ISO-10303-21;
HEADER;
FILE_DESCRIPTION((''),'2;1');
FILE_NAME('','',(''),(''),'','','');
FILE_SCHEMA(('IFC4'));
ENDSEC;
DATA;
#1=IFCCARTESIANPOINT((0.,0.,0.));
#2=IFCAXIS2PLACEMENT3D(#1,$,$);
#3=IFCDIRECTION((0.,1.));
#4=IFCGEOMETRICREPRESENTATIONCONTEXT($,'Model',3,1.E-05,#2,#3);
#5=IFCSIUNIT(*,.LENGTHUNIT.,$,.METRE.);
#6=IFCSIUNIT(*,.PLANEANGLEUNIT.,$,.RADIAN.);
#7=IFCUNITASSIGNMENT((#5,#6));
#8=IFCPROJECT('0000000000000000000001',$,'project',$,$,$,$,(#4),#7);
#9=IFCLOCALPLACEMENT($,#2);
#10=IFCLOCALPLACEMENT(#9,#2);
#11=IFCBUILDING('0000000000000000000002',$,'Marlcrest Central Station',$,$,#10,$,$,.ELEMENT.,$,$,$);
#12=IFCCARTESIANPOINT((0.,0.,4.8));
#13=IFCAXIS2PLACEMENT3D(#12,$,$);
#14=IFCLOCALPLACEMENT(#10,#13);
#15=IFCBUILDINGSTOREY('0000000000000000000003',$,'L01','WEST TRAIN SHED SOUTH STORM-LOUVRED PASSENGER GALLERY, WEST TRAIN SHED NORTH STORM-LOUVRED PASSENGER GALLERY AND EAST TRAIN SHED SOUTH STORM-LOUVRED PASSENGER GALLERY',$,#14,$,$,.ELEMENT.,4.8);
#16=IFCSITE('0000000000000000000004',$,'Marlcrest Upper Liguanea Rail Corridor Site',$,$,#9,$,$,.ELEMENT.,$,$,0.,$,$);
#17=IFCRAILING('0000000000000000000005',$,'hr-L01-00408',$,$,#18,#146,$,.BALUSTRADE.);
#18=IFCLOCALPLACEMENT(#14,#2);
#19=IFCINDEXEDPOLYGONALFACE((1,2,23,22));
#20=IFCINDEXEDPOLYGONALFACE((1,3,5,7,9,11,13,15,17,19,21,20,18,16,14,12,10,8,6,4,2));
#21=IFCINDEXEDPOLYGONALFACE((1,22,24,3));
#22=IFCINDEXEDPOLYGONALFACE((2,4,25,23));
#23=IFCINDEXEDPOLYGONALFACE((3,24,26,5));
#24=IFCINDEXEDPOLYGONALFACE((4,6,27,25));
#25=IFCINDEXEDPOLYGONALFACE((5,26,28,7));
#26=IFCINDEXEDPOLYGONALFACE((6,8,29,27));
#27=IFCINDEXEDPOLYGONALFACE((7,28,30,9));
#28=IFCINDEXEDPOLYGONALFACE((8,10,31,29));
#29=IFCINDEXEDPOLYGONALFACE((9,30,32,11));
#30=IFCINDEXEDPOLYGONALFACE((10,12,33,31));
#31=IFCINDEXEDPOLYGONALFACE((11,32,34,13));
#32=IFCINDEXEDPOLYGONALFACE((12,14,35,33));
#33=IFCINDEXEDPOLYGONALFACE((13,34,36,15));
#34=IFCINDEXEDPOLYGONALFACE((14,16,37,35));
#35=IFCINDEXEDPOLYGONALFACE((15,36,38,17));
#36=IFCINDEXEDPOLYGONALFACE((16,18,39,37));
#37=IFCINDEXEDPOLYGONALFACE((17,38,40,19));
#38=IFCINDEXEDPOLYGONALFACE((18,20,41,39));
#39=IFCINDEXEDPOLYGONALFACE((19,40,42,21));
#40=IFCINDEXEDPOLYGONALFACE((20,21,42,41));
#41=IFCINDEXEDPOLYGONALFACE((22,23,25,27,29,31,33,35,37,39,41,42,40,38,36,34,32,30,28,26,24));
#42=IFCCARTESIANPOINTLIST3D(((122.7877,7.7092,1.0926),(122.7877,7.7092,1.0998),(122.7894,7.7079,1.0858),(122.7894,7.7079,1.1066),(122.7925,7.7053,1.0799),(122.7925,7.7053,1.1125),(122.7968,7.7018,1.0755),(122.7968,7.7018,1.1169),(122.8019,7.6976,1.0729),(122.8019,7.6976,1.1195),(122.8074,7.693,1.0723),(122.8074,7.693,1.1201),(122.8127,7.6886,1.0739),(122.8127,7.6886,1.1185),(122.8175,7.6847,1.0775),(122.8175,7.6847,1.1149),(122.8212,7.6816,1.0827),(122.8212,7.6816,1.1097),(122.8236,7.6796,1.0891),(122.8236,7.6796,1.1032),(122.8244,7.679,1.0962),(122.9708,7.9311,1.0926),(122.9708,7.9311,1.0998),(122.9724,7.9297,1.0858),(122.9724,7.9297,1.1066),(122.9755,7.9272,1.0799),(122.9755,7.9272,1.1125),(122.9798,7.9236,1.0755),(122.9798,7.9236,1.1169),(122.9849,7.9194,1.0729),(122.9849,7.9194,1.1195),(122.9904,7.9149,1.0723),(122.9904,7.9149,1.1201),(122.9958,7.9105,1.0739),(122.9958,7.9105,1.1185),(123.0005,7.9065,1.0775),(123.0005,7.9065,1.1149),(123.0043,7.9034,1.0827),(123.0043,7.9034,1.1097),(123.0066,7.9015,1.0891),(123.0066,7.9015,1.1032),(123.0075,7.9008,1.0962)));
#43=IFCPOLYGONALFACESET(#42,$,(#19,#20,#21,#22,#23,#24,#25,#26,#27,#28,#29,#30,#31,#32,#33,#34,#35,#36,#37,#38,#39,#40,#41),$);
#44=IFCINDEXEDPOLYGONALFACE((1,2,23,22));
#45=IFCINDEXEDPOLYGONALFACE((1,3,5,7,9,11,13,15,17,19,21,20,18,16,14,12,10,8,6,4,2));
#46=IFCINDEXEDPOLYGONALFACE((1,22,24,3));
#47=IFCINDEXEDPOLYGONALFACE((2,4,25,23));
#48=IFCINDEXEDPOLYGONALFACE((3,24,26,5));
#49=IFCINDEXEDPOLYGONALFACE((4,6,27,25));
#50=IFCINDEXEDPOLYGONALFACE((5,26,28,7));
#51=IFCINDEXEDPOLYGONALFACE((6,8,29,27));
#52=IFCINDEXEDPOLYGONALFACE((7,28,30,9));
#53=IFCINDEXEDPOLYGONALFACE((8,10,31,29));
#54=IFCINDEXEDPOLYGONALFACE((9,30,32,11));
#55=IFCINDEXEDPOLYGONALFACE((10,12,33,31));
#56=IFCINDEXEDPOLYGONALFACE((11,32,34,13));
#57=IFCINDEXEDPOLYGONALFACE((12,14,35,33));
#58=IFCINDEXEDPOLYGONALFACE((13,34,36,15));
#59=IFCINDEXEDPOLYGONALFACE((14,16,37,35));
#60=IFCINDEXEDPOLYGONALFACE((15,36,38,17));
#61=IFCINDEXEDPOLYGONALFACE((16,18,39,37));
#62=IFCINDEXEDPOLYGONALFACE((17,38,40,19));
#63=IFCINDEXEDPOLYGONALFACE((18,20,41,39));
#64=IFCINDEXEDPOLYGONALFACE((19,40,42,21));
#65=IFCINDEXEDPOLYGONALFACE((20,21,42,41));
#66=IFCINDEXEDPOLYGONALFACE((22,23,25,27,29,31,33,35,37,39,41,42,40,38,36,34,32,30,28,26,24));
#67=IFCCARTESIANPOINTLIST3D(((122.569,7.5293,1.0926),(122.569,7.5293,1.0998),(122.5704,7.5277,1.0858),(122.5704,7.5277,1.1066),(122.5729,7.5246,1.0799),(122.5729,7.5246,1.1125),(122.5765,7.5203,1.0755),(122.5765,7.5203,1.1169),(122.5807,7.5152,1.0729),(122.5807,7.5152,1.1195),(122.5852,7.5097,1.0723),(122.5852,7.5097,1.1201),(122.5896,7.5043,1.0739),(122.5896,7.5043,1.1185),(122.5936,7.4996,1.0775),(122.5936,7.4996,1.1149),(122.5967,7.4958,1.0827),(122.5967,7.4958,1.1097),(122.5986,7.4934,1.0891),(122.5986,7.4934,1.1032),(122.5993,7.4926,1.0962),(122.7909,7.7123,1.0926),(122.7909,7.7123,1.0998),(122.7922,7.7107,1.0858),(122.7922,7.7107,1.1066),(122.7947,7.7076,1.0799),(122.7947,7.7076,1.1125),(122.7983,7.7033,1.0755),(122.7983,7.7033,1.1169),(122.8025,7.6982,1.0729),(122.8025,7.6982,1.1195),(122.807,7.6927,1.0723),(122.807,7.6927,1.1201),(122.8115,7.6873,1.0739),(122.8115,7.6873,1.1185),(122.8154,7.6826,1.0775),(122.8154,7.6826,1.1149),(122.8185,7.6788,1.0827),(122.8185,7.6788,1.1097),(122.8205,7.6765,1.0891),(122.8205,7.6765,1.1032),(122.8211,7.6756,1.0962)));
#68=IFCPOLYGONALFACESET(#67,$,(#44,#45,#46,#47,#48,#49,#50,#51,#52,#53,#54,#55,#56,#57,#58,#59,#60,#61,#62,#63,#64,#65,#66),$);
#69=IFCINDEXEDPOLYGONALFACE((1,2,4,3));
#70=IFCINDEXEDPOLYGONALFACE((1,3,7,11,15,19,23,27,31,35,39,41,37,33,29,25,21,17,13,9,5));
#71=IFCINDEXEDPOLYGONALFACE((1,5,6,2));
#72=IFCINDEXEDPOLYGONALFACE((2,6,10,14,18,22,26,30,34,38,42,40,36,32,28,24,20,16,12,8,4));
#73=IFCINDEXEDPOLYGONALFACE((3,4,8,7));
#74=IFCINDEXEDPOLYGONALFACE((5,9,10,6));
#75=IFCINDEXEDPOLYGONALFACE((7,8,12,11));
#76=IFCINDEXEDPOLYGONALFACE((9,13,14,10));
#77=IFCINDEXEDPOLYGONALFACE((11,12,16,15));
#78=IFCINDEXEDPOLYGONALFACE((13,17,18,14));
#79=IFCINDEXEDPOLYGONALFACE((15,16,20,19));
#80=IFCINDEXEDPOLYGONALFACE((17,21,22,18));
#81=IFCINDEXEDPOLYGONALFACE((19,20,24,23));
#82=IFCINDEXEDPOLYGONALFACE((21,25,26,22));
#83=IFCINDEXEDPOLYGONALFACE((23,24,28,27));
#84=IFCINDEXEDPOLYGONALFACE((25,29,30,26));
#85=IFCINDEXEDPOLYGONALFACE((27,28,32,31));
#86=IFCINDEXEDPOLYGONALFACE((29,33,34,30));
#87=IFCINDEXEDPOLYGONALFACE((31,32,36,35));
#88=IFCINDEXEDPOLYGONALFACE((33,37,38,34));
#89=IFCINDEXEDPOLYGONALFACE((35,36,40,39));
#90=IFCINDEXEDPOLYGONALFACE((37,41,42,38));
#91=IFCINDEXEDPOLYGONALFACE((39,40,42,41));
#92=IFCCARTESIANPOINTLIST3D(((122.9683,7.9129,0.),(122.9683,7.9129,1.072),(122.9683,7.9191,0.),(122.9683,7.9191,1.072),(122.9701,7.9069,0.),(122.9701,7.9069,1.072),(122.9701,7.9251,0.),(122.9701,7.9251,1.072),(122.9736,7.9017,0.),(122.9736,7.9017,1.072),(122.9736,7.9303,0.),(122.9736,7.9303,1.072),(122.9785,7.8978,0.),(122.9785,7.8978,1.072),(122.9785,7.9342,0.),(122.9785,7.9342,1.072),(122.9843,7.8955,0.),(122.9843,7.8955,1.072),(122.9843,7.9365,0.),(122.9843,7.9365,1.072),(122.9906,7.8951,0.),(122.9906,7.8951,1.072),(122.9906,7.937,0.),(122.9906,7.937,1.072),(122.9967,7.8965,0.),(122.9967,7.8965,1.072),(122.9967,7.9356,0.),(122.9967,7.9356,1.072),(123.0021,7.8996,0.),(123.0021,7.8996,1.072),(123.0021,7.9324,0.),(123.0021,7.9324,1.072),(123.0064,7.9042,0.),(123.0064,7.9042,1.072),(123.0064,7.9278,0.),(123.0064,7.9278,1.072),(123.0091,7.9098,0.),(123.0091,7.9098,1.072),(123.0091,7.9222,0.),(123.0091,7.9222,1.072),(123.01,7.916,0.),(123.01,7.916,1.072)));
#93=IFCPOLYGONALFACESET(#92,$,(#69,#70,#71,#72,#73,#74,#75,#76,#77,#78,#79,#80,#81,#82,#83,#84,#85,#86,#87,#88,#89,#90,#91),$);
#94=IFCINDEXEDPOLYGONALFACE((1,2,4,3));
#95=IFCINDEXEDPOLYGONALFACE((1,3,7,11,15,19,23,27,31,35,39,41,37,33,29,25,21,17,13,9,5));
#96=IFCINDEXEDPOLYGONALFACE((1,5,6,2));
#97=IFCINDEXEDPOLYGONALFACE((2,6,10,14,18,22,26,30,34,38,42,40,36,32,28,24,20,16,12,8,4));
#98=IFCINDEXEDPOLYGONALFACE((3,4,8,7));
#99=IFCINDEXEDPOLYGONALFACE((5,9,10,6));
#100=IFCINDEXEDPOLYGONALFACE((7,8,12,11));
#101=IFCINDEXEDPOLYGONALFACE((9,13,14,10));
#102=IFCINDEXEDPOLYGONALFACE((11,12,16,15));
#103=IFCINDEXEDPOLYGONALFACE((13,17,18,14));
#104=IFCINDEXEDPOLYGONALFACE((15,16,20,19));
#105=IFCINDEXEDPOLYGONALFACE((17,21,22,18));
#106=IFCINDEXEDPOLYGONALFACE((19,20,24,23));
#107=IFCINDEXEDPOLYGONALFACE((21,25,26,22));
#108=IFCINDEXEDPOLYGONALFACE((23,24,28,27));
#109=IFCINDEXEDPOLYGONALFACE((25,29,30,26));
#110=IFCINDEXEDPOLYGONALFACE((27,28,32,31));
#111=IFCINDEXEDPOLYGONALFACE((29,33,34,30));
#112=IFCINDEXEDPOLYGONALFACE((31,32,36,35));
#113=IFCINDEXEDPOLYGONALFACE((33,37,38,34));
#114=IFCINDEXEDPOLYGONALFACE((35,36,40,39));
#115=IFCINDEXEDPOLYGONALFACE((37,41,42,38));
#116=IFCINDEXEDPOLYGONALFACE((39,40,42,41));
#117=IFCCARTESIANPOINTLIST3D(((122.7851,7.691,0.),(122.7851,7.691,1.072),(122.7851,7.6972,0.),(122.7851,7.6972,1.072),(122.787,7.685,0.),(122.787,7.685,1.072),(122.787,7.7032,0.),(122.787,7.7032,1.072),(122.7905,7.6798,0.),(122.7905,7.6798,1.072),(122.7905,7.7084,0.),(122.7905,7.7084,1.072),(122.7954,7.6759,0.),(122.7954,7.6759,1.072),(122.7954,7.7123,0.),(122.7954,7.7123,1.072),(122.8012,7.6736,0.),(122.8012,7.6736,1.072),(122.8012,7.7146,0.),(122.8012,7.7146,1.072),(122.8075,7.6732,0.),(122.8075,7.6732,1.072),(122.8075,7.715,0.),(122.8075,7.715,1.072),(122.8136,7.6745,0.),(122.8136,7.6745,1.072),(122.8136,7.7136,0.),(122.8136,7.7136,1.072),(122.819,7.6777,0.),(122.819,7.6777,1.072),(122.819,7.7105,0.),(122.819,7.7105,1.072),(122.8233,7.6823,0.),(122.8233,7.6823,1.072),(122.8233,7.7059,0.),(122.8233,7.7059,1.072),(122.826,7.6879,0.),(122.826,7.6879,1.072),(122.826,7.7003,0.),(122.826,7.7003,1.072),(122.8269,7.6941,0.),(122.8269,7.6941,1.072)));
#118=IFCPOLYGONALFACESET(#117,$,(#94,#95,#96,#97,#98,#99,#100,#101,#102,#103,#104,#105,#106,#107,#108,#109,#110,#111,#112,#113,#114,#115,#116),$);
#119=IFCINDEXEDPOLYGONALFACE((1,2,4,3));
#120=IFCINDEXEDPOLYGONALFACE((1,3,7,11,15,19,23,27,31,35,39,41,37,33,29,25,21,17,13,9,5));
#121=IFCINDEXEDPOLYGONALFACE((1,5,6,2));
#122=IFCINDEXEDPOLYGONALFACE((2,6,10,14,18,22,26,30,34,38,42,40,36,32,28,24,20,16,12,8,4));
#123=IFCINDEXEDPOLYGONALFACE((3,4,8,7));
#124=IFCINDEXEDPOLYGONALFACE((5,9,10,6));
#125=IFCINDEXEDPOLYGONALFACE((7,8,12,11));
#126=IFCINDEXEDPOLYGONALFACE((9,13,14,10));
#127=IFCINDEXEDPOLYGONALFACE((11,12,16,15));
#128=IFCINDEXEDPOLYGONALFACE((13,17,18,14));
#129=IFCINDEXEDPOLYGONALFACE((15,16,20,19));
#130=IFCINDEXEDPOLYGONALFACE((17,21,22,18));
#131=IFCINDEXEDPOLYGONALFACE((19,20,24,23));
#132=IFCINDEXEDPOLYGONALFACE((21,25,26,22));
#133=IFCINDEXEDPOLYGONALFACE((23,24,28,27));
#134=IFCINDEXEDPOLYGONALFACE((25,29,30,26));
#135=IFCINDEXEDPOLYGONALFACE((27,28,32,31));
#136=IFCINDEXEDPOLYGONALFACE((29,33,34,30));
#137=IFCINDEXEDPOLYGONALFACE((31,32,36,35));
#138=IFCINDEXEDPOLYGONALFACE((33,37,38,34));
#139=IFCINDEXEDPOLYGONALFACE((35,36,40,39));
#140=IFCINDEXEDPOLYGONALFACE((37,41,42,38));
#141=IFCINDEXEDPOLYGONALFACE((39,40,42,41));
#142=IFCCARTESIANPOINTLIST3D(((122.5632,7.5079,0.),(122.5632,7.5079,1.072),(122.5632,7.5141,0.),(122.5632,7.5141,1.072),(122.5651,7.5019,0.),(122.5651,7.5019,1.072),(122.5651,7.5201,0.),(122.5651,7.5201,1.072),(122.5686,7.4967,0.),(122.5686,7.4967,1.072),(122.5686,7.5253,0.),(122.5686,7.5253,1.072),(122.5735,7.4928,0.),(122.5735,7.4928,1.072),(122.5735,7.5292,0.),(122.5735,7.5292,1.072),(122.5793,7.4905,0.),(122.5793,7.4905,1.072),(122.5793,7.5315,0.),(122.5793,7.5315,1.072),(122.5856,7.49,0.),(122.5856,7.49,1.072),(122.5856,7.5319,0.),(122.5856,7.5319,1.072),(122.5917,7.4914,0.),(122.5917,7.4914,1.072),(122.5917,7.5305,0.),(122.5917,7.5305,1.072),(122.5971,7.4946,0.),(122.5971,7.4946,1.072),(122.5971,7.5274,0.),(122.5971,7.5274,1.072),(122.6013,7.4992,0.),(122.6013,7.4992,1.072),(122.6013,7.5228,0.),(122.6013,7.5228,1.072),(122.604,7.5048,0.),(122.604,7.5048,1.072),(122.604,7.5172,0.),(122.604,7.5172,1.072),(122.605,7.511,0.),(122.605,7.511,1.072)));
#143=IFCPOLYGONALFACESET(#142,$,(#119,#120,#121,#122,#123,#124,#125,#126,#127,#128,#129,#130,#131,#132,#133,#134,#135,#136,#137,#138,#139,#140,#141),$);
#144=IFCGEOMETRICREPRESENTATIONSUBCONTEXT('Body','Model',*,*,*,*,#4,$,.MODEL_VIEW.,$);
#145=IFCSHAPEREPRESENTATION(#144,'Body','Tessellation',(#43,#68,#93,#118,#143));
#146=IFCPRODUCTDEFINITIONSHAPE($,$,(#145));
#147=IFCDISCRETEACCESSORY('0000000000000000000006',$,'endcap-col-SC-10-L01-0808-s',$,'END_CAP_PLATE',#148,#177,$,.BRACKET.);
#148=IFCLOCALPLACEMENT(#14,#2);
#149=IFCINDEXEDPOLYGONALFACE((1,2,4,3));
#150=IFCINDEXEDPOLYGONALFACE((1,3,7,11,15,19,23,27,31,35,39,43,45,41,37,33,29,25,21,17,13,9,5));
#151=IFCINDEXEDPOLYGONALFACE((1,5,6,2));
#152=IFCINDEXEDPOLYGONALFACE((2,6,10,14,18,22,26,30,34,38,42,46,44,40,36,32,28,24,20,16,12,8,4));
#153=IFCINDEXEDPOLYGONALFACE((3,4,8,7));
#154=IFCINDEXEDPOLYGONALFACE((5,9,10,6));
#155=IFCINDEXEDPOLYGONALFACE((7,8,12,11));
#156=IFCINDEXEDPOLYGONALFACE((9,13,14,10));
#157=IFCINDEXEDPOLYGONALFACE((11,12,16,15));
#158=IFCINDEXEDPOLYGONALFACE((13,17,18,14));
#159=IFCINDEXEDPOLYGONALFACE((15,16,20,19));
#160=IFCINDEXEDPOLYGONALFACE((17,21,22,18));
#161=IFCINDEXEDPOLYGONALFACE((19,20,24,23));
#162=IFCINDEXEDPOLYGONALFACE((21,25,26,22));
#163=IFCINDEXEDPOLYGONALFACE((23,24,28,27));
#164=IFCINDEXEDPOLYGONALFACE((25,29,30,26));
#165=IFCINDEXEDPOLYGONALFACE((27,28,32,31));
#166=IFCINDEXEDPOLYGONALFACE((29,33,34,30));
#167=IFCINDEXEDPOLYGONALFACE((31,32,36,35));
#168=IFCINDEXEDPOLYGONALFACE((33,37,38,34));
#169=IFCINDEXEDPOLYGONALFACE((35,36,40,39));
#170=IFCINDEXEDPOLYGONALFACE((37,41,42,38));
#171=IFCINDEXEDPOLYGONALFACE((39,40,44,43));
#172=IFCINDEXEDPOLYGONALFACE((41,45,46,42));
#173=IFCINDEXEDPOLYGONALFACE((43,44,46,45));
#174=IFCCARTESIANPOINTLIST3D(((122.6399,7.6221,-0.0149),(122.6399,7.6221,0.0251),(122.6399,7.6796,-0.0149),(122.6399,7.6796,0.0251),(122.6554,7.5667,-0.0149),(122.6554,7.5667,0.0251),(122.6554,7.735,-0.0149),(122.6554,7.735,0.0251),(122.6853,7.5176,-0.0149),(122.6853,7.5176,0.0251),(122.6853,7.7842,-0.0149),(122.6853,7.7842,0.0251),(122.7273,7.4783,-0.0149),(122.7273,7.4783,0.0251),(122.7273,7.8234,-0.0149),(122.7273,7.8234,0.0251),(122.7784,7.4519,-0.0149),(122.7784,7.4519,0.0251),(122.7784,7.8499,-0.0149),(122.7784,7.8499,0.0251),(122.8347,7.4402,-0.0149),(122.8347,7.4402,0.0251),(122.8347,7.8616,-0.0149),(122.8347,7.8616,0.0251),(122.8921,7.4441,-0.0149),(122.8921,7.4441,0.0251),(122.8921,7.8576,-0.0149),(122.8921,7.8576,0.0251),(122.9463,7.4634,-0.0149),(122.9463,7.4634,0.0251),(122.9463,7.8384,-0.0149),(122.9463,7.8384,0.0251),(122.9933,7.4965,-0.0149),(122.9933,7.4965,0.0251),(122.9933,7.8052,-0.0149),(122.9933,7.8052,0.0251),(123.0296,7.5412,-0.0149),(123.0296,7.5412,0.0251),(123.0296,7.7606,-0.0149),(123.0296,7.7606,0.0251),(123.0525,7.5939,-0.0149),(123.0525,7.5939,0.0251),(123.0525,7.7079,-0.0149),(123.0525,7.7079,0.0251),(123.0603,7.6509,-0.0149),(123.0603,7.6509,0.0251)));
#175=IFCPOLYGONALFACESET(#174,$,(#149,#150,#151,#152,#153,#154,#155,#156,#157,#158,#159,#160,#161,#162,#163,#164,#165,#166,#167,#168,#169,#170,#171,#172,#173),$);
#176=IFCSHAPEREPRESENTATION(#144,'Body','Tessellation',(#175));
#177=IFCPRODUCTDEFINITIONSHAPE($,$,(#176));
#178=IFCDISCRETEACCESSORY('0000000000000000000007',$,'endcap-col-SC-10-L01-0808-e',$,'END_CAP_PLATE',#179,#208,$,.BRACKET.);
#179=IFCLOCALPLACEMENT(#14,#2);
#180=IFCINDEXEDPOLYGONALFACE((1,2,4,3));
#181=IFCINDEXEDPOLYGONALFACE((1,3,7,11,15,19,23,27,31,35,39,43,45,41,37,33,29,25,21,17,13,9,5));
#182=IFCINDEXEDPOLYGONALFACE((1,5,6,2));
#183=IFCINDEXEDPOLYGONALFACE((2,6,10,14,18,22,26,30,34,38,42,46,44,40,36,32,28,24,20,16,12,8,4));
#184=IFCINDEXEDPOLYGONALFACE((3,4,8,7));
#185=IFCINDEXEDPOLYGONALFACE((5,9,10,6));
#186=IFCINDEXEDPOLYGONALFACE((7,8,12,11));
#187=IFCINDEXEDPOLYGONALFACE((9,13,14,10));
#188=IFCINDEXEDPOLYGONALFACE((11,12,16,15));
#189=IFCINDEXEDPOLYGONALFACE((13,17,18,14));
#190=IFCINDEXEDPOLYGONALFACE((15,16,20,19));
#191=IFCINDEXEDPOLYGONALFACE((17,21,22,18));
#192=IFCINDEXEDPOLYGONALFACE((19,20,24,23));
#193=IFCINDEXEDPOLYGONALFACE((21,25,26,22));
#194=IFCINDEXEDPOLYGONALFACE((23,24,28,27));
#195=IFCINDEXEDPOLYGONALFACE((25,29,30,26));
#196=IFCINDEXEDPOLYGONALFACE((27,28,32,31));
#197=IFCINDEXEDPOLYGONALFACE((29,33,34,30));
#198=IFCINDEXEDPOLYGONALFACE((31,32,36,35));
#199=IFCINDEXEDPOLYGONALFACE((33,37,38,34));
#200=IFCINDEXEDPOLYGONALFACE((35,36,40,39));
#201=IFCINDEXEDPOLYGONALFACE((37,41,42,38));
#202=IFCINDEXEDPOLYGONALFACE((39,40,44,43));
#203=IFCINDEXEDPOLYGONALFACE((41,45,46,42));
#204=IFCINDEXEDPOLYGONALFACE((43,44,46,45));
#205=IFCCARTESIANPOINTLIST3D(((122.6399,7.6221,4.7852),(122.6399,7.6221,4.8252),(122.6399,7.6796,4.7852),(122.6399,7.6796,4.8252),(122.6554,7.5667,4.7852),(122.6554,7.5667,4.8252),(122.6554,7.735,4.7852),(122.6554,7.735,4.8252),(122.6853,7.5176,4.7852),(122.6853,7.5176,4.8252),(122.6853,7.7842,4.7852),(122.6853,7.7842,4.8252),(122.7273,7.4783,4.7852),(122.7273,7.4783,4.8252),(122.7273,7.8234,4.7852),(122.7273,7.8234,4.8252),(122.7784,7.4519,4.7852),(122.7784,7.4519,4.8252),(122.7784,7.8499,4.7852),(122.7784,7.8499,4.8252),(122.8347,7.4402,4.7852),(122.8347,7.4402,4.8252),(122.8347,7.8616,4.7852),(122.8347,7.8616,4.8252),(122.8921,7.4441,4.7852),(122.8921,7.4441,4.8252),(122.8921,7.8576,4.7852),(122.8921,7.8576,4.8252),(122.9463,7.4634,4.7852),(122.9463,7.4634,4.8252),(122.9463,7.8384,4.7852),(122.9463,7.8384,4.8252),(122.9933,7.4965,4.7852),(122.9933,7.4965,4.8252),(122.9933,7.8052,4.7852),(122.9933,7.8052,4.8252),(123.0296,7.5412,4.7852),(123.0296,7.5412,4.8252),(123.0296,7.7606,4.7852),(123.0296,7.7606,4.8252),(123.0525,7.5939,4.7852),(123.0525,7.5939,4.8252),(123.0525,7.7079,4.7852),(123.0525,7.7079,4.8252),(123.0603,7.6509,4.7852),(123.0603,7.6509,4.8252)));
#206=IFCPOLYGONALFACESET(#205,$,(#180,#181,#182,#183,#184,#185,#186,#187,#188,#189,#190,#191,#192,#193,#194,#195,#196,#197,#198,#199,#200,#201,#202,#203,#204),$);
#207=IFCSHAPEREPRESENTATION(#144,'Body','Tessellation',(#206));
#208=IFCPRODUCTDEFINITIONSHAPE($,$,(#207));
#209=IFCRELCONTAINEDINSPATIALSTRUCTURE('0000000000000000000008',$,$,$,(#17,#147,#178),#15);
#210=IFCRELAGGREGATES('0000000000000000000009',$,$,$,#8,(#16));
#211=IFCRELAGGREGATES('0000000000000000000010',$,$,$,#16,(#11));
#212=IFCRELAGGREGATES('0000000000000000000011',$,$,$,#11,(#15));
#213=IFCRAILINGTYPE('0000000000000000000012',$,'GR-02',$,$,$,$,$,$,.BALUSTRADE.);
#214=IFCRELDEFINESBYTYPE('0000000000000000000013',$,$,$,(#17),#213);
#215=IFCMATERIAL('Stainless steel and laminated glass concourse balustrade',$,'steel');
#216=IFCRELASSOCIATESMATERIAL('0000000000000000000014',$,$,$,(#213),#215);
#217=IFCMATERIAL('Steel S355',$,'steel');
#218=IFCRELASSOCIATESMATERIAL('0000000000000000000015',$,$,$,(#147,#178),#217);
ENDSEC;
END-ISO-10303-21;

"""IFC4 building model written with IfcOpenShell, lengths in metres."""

from ifc_helpers import new_model, si_unit, direction, frame, origin, origin_2d, place, context, subcontext, project, spatial, circle, extrude, material, type_object, element, save


model = new_model("IFC4")

# Units and contexts
model_context = context("Model", 3, precision=1e-05, world=origin(), true_north=direction((0.0, 1.0)))
body_context = subcontext(model_context, "Body", "Model", "MODEL_VIEW")
ifc_project = project(units=[si_unit("LENGTHUNIT", "METRE"), si_unit("PLANEANGLEUNIT", "RADIAN")], contexts=[model_context])

# Site, building, storey
site_placement = place(None, origin())
site = spatial("IfcSite", under=ifc_project, at=site_placement, Name="Marlcrest Upper Liguanea Rail Corridor Site", CompositionType="ELEMENT", RefElevation=0.0)
building_placement = place(site_placement, origin())
building = spatial("IfcBuilding", under=site, at=building_placement, Name="Marlcrest Central Station", CompositionType="ELEMENT")
storey_placement = place(building_placement, frame((0.0, 0.0, 4.8)))
storey = spatial("IfcBuildingStorey", under=building, at=storey_placement, Name="L01", Description="WEST TRAIN SHED SOUTH STORM-LOUVRED PASSENGER GALLERY, WEST TRAIN SHED NORTH STORM-LOUVRED PASSENGER GALLERY AND EAST TRAIN SHED SOUTH STORM-LOUVRED PASSENGER GALLERY", CompositionType="ELEMENT", Elevation=4.8)

# Shared definitions
ifc_material_1 = material(Name="Steel S355", Category="steel")

# Railing
ifc_material_2 = material(Name="Stainless steel and laminated glass concourse balustrade", Category="steel")
railing_type = type_object("IfcRailingType", Name="GR-02", PredefinedType="BALUSTRADE", material=ifc_material_2)
railing_placement = place(storey_placement, frame((122.989, 7.916, 0.0)))
element("IfcRailing", 1, at=railing_placement, inside=storey, type_object=railing_type, Name="hr-L01-00408", PredefinedType="BALUSTRADE", context=body_context, shape_type="SweptSolid", body=[
    extrude(circle(Radius=0.0239, at=origin_2d()), frame((0.0, 0.0, 1.0962), z_axis=(-0.636421, -0.771342, 0.0), x_axis=(0.771342, -0.636421, 0.0)), (0.0, 0.0, 1.0), 0.2876),
    extrude(circle(Radius=0.0239, at=origin_2d()), frame((-0.1831, -0.2219, 1.0962), z_axis=(-0.771342, -0.636421, 0.0), x_axis=(0.636421, -0.771342, 0.0)), (0.0, 0.0, 1.0), 0.2876),
    extrude(circle(Radius=0.021, at=origin_2d()), origin(), (0.0, 0.0, 1.0), 1.072),
    extrude(circle(Radius=0.021, at=origin_2d()), frame((-0.1831, -0.2219, 0.0)), (0.0, 0.0, 1.0), 1.072),
    extrude(circle(Radius=0.021, at=origin_2d()), frame((-0.405, -0.405, 0.0)), (0.0, 0.0, 1.0), 1.072),
])

# Discrete accessories
for number, where, z_axis, x_axis, name in (
    (2, (122.8491, 7.6509, -0.0149), (0.0, 0.0, 1.0), (1.0, 0.0, 0.0), "endcap-col-SC-10-L01-0808-s"),
    (3, (122.8491, 7.6509, 4.7852), (0.0, 0.0, 1.0), (1.0, 0.0, 0.0), "endcap-col-SC-10-L01-0808-e"),
):
    element("IfcDiscreteAccessory", number, at=place(storey_placement, frame(where, z_axis=z_axis, x_axis=x_axis)), inside=storey, material=ifc_material_1, Name=name, ObjectType="END_CAP_PLATE", PredefinedType="BRACKET", context=body_context, shape_type="SweptSolid", body=[
        extrude(circle(Radius=0.2112, at=origin_2d()), origin(), (0.0, 0.0, 1.0), 0.04),
    ])

save(model, "model.ifc")
